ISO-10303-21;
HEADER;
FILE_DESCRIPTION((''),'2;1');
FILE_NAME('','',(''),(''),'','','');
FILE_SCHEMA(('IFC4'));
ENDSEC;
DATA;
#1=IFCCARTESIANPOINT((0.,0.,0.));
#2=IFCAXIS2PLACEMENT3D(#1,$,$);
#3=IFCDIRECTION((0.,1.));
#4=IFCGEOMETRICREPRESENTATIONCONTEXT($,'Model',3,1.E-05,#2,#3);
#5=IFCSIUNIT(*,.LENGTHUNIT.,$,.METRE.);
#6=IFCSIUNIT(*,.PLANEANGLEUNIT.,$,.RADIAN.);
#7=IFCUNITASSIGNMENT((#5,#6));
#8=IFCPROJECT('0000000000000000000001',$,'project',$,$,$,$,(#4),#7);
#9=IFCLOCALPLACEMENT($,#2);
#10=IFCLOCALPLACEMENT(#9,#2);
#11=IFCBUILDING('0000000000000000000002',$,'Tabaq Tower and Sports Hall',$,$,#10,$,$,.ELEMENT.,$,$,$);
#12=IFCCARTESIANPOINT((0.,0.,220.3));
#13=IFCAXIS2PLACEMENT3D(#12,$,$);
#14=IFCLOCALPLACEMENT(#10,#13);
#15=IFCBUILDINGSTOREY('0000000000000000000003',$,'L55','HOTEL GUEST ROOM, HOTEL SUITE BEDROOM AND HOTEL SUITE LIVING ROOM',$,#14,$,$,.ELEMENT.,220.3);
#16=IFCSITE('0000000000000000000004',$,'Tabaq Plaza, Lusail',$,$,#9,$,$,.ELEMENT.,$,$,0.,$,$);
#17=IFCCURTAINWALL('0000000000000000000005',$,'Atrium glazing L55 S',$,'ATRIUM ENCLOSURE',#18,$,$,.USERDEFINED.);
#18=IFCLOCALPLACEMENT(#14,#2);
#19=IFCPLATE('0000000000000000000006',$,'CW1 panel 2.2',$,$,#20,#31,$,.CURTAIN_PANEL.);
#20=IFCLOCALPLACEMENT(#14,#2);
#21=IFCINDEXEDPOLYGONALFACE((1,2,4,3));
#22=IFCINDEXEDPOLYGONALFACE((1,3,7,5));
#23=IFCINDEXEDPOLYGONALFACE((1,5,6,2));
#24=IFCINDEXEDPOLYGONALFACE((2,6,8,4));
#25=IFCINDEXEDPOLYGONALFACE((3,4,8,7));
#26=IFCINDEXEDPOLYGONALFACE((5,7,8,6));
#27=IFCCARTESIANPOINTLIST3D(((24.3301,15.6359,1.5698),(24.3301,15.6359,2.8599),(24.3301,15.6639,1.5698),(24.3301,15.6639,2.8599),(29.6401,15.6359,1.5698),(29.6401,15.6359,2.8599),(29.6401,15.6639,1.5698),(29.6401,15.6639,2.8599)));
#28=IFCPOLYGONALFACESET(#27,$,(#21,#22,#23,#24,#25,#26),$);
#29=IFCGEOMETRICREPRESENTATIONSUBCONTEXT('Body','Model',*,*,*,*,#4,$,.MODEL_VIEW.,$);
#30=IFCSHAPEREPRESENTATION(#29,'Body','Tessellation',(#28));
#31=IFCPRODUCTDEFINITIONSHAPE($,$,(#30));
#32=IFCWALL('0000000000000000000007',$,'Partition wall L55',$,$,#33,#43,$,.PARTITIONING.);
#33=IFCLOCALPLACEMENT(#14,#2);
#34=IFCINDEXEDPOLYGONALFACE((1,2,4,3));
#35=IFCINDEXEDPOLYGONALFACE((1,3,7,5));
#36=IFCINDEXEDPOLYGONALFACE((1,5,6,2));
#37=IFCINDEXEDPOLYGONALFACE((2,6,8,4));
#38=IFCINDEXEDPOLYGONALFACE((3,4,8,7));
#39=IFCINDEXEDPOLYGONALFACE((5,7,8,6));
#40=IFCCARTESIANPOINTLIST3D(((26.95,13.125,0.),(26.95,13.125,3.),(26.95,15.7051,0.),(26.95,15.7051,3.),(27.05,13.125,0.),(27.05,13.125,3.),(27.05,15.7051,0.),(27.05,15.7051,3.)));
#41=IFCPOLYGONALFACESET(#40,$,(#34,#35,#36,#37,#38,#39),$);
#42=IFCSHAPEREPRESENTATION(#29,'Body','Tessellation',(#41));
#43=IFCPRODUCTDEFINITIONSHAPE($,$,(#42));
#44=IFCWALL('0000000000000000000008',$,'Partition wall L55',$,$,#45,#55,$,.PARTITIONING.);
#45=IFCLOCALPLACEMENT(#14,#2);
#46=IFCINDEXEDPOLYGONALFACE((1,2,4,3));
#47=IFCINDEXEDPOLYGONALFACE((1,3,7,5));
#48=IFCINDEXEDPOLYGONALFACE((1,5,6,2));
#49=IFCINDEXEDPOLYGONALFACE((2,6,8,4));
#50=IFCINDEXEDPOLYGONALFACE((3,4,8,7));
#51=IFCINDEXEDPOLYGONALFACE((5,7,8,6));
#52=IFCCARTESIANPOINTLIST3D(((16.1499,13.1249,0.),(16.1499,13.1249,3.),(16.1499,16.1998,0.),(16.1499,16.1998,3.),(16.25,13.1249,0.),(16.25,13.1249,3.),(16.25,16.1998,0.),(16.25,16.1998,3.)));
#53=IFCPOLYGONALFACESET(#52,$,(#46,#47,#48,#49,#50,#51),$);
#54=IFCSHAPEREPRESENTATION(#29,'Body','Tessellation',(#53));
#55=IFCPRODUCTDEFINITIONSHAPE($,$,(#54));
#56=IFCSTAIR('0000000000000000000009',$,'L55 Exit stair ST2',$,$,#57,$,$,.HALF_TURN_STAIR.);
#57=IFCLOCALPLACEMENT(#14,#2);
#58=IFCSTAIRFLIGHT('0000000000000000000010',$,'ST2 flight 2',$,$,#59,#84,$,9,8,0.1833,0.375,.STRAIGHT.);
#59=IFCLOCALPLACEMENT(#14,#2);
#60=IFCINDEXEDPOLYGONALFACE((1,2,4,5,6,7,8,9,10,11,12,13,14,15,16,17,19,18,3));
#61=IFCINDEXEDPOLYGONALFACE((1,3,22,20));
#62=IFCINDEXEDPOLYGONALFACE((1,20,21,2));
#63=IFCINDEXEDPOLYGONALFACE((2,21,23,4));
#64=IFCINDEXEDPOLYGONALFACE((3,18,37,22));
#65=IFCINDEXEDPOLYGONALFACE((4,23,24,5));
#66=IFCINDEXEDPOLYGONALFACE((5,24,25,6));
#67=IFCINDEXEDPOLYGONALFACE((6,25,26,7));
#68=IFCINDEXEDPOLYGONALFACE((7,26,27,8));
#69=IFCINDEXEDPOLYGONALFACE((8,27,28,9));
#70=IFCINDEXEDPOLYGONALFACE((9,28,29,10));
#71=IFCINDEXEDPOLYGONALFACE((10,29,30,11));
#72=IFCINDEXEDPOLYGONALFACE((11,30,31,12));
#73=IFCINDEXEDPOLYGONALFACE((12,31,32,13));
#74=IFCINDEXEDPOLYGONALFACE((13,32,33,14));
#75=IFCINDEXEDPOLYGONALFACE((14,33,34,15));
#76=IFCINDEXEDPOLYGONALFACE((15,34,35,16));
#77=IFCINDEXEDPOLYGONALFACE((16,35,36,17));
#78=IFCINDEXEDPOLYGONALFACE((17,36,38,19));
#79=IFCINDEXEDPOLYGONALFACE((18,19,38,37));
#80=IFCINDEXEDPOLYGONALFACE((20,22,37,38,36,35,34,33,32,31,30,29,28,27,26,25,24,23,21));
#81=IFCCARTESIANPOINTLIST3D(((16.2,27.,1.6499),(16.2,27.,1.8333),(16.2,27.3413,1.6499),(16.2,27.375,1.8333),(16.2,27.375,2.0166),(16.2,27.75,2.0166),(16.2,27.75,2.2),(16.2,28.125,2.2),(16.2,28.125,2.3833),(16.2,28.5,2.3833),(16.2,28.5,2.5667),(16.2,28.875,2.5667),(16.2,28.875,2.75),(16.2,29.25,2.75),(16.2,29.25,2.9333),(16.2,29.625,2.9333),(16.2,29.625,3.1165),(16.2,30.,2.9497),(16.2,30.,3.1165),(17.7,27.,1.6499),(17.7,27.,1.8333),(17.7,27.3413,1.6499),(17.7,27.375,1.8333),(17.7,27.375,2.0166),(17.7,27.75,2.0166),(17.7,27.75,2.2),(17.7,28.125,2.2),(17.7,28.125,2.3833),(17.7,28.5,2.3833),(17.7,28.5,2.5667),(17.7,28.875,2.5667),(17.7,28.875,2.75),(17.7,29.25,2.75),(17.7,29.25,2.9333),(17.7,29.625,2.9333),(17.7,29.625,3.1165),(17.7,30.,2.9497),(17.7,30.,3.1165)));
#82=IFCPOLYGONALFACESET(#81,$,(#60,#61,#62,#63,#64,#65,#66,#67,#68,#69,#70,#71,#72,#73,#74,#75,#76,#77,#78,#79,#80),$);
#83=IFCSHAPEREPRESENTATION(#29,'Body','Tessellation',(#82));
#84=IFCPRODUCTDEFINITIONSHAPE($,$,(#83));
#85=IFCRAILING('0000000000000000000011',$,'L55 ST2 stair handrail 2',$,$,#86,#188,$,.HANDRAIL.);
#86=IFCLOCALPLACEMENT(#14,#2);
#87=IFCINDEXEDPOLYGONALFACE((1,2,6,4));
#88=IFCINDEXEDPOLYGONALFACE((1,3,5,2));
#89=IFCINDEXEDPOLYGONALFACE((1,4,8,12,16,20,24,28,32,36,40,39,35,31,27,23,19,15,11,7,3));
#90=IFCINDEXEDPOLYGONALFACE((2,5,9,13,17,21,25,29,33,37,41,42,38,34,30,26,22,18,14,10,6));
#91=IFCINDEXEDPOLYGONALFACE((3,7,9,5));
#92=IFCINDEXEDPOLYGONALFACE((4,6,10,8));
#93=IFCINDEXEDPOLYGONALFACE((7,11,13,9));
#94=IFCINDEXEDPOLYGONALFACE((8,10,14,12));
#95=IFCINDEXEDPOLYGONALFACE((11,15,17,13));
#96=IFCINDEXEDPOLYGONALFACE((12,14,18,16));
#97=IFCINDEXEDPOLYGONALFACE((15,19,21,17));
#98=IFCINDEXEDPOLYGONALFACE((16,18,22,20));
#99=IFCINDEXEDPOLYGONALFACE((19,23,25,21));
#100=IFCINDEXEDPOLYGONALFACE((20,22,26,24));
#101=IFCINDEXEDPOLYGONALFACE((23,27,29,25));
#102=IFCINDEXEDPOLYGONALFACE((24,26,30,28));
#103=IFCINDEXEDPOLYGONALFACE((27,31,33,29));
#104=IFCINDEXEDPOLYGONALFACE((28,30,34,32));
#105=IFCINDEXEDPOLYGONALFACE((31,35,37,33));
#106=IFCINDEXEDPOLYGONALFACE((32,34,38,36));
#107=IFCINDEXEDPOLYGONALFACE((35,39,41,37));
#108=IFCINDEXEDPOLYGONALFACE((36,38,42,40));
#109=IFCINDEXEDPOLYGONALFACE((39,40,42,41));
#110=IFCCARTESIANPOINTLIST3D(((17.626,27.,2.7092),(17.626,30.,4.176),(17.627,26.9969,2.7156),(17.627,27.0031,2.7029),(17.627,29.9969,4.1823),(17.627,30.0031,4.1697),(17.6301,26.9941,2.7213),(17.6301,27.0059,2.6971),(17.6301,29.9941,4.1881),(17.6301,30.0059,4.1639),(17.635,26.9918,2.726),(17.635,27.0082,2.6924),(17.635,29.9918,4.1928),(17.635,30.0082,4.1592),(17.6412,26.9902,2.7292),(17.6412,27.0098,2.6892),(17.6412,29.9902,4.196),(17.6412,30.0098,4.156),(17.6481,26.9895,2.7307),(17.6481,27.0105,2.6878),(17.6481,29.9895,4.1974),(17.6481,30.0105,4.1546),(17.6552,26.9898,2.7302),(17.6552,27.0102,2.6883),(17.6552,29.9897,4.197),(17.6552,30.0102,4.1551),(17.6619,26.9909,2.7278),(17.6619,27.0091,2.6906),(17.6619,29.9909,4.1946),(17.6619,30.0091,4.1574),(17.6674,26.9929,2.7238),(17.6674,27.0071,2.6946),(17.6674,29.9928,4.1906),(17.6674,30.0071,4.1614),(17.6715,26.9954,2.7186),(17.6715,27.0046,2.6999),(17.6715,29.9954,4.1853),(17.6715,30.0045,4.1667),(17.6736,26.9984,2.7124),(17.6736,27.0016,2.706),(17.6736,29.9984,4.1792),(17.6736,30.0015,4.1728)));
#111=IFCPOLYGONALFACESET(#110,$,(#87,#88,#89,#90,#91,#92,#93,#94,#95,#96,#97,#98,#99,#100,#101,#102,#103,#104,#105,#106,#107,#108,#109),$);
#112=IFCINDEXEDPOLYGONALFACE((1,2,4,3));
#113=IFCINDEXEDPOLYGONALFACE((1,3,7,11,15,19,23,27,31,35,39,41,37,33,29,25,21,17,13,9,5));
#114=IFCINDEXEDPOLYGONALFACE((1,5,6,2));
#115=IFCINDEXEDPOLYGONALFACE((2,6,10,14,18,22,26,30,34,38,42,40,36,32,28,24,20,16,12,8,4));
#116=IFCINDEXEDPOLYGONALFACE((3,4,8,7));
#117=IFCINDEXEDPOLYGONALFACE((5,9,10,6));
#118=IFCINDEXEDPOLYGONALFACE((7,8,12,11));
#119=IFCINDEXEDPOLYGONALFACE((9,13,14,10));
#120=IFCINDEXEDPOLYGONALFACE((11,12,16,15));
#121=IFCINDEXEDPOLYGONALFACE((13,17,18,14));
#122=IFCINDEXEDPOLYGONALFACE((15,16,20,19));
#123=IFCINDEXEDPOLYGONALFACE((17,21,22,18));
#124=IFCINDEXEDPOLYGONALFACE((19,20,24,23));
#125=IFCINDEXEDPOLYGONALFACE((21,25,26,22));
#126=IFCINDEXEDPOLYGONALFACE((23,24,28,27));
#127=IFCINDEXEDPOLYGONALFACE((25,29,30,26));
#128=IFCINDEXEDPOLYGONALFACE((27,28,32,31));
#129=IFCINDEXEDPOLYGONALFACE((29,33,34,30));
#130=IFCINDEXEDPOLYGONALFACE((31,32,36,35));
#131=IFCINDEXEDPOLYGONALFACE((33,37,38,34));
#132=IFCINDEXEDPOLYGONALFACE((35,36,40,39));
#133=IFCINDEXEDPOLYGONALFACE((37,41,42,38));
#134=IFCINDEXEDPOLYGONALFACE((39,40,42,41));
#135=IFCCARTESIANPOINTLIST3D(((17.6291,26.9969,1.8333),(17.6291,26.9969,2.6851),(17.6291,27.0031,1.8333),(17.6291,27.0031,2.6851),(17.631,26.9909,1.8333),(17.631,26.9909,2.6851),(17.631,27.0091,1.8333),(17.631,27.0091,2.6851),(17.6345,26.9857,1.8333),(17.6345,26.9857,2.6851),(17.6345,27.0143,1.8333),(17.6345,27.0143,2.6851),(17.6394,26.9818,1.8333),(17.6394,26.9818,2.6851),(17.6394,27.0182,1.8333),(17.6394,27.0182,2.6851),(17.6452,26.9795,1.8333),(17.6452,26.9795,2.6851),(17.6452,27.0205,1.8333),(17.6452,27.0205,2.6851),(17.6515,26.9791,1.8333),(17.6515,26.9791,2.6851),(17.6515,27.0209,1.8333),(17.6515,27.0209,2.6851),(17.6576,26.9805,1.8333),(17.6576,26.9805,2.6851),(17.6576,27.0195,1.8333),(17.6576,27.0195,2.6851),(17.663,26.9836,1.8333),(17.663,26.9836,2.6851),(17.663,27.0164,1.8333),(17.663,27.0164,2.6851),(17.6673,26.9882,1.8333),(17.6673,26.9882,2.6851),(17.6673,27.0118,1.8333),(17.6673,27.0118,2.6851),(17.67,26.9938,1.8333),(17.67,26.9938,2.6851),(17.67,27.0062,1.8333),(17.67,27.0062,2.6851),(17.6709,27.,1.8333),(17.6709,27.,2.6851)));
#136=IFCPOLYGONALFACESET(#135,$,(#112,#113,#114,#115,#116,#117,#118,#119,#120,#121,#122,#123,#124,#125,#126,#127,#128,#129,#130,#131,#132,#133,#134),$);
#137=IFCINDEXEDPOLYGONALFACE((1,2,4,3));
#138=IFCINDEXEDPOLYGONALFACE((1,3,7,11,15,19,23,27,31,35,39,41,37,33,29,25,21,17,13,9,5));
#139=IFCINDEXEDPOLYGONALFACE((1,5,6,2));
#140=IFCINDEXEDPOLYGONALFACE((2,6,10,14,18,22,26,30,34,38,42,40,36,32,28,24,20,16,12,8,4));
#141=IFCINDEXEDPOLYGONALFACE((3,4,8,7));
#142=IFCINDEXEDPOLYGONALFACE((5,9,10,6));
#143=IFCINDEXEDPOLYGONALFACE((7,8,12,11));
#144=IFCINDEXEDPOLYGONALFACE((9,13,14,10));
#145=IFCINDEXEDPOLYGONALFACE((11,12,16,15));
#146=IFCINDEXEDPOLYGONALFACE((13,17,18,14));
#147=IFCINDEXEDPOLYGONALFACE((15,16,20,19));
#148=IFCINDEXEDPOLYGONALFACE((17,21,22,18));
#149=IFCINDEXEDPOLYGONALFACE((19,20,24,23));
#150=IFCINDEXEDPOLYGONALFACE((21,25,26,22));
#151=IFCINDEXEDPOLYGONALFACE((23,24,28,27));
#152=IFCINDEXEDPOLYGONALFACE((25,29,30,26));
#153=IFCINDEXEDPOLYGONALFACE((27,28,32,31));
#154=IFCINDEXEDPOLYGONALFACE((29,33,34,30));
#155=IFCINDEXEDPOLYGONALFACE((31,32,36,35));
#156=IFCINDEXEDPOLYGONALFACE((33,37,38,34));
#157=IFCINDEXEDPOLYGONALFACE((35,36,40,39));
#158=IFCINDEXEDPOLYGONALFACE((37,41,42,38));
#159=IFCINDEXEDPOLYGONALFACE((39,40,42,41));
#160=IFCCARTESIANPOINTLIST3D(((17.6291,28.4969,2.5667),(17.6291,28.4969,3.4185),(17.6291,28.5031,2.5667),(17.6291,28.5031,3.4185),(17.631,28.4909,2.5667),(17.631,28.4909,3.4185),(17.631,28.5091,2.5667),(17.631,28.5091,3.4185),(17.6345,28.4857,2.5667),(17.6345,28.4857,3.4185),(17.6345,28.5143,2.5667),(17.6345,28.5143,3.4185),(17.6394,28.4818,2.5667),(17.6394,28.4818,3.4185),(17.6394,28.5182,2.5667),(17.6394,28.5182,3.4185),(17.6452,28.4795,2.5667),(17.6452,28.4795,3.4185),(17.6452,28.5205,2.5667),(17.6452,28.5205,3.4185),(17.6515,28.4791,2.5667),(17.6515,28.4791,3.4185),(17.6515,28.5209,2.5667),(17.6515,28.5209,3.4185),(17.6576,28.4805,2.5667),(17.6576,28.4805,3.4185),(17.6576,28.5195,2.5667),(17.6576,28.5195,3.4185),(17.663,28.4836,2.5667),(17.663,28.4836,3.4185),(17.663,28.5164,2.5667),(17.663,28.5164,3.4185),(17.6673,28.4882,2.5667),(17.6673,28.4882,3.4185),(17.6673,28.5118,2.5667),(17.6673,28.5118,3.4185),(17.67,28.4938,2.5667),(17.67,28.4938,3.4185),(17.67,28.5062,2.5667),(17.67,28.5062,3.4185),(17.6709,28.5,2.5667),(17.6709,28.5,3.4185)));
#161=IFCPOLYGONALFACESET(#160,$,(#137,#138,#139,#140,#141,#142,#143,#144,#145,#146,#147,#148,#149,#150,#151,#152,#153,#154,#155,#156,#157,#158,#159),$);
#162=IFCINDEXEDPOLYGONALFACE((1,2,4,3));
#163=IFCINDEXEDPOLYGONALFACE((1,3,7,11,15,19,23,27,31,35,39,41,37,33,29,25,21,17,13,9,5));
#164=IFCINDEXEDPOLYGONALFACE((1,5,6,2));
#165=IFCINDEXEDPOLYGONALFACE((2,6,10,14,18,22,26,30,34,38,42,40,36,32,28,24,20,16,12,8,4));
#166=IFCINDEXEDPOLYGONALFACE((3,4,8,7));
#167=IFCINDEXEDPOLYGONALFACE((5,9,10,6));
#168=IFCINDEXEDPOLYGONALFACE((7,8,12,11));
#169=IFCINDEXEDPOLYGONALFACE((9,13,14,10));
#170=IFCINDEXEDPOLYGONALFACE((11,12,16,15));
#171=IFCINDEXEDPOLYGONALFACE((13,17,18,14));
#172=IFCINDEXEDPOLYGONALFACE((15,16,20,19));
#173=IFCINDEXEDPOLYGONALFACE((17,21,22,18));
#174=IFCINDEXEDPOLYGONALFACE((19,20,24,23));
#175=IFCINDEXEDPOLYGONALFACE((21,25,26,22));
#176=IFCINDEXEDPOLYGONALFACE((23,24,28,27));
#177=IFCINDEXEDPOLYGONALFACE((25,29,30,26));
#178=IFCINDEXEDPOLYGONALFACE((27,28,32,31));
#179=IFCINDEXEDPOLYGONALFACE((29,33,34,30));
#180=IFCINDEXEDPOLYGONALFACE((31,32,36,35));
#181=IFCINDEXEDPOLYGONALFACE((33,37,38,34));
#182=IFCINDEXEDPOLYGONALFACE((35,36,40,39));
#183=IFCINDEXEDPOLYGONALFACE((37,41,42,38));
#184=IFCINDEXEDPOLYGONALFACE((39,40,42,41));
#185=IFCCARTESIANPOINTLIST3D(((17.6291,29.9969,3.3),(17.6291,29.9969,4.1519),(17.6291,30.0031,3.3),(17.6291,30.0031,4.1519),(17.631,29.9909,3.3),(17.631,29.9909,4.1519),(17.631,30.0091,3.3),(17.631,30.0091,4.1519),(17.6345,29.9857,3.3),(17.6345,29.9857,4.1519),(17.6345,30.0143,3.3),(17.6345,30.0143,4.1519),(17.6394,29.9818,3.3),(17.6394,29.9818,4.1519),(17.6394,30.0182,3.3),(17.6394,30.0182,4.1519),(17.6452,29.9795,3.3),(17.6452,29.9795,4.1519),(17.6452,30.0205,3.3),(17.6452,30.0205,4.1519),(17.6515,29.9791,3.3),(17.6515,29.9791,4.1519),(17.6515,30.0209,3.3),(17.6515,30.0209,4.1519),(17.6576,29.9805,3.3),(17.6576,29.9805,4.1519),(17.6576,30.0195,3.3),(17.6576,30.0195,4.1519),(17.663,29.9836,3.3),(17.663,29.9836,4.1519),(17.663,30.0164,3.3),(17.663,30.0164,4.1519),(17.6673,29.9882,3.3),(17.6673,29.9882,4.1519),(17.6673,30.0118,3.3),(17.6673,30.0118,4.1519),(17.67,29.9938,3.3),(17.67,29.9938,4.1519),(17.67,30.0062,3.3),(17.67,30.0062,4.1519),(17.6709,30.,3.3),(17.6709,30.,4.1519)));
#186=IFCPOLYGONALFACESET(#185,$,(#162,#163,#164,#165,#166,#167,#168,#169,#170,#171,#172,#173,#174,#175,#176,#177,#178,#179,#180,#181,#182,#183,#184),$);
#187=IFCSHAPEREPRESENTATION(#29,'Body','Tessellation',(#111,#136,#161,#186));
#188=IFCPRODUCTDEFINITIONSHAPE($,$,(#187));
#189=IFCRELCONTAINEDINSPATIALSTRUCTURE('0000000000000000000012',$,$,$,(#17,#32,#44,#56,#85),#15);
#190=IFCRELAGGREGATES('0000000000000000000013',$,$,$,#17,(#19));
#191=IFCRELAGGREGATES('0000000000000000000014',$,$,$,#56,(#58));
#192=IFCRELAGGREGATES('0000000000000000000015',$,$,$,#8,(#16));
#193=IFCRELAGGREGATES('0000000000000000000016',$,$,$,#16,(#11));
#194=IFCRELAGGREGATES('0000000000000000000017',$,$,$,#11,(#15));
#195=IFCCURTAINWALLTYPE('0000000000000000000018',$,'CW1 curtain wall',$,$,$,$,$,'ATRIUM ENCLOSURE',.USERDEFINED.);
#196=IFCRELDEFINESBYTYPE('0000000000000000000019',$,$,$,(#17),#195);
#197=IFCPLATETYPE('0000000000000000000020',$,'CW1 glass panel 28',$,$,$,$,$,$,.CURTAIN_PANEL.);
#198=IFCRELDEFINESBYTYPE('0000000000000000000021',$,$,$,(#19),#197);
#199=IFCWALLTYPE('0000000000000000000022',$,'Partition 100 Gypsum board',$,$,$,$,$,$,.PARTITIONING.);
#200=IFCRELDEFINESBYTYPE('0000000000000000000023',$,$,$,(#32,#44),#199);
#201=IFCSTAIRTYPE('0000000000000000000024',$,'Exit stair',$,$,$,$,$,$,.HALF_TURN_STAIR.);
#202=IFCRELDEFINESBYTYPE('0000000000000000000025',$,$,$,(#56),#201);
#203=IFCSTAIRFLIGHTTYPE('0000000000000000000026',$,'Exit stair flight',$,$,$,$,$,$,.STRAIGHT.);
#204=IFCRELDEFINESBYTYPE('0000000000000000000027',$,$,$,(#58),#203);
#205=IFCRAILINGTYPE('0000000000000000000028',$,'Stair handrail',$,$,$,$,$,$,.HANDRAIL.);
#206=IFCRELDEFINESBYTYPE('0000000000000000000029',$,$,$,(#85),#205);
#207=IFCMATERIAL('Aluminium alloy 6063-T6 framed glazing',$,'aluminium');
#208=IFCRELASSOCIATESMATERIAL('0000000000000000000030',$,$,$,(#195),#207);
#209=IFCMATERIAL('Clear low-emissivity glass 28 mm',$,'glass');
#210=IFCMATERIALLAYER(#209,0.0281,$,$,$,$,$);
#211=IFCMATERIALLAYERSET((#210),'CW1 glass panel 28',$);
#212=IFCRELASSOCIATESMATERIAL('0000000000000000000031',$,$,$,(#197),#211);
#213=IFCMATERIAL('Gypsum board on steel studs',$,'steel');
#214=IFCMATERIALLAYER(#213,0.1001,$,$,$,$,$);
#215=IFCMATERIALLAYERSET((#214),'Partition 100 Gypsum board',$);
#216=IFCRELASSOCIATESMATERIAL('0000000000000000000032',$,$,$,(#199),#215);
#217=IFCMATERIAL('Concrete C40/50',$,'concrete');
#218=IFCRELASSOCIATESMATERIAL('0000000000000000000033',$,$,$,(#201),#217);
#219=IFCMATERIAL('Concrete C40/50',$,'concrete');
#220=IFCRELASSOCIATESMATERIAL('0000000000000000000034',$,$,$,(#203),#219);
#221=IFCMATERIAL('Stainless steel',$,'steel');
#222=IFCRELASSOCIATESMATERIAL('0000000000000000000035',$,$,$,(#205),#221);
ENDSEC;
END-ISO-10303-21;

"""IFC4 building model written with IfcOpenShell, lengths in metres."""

from ifc_helpers import new_model, si_unit, direction, frame, frame_2d, origin, origin_2d, place, context, subcontext, project, spatial, polyline, rectangle, circle, outline, extrude, material, layer, layer_set, type_object, element, aggregate, save


model = new_model("IFC4")

# Units and contexts
model_context = context("Model", 3, precision=1e-05, world=origin(), true_north=direction((0.0, 1.0)))
body_context = subcontext(model_context, "Body", "Model", "MODEL_VIEW")
ifc_project = project(units=[si_unit("LENGTHUNIT", "METRE"), si_unit("PLANEANGLEUNIT", "RADIAN")], contexts=[model_context])

# Site, building, storey
site_placement = place(None, origin())
site = spatial("IfcSite", under=ifc_project, at=site_placement, Name="Tabaq Plaza, Lusail", CompositionType="ELEMENT", RefElevation=0.0)
building_placement = place(site_placement, origin())
building = spatial("IfcBuilding", under=site, at=building_placement, Name="Tabaq Tower and Sports Hall", CompositionType="ELEMENT")
storey_placement = place(building_placement, frame((0.0, 0.0, 220.3)))
storey = spatial("IfcBuildingStorey", under=building, at=storey_placement, Name="L55", Description="HOTEL GUEST ROOM, HOTEL SUITE BEDROOM AND HOTEL SUITE LIVING ROOM", CompositionType="ELEMENT", Elevation=220.3)

# Curtain wall, plate
ifc_material_1 = material(Name="Aluminium alloy 6063-T6 framed glazing", Category="aluminium")
curtain_wall_type = type_object("IfcCurtainWallType", Name="CW1 curtain wall", ElementType="ATRIUM ENCLOSURE", PredefinedType="USERDEFINED", material=ifc_material_1)
curtain_wall_placement = place(storey_placement, origin())
curtain_wall = element("IfcCurtainWall", 1, at=curtain_wall_placement, inside=storey, type_object=curtain_wall_type, Name="Atrium glazing L55 S", ObjectType="ATRIUM ENCLOSURE", PredefinedType="USERDEFINED")
ifc_material_2 = material(Name="Clear low-emissivity glass 28 mm", Category="glass")
ifc_layer_1 = layer(ifc_material_2, 0.0281)
ifc_layer_set_1 = layer_set([ifc_layer_1], Name="CW1 glass panel 28")
plate_type = type_object("IfcPlateType", Name="CW1 glass panel 28", PredefinedType="CURTAIN_PANEL", material=ifc_layer_set_1)
plate_1_placement = place(storey_placement, frame((26.9851, 15.6499, 1.5698), z_axis=(0.0, 0.0, 1.0), x_axis=(1.0, 0.0, 0.0)))
plate_1 = element("IfcPlate", 2, at=plate_1_placement, type_object=plate_type, Name="CW1 panel 2.2", PredefinedType="CURTAIN_PANEL", context=body_context, shape_type="SweptSolid", body=[
    extrude(rectangle(XDim=5.3101, YDim=0.0281, at=origin_2d()), origin(), (0.0, 0.0, 1.0), 1.29),
])
aggregate(curtain_wall, [plate_1])

# Walls
ifc_material_3 = material(Name="Gypsum board on steel studs", Category="steel")
ifc_layer_2 = layer(ifc_material_3, 0.1001)
ifc_layer_set_2 = layer_set([ifc_layer_2], Name="Partition 100 Gypsum board")
wall_type_1 = type_object("IfcWallType", Name="Partition 100 Gypsum board", PredefinedType="PARTITIONING", material=ifc_layer_set_2)
wall_1_placement = place(storey_placement, frame((27.0, 15.7051, 0.0), z_axis=(0.0, 0.0, 1.0), x_axis=(0.0, -1.0, 0.0)))
element("IfcWall", 3, at=wall_1_placement, inside=storey, type_object=wall_type_1, Name="Partition wall L55", PredefinedType="PARTITIONING", context=body_context, shape_type="SweptSolid", body=[
    extrude(rectangle(XDim=2.5801, YDim=0.1001, at=frame_2d((1.29, 0.0))), origin(), (0.0, 0.0, 1.0), 3.0),
])
wall_2_placement = place(storey_placement, frame((16.2, 16.2, 0.0), z_axis=(0.0, 0.0, 1.0), x_axis=(0.0, -1.0, 0.0)))
element("IfcWall", 4, at=wall_2_placement, inside=storey, type_object=wall_type_1, Name="Partition wall L55", PredefinedType="PARTITIONING", context=body_context, shape_type="SweptSolid", body=[
    extrude(rectangle(XDim=3.075, YDim=0.1001, at=frame_2d((1.5376, 0.0))), origin(), (0.0, 0.0, 1.0), 3.0),
])

# Stair, stair flight
ifc_material_4 = material(Name="Concrete C40/50", Category="concrete")
stair_type = type_object("IfcStairType", Name="Exit stair", PredefinedType="HALF_TURN_STAIR", material=ifc_material_4)
stair_placement = place(storey_placement, origin())
stair = element("IfcStair", 5, at=stair_placement, inside=storey, type_object=stair_type, Name="L55 Exit stair ST2", PredefinedType="HALF_TURN_STAIR")
ifc_material_5 = material(Name="Concrete C40/50", Category="concrete")
stair_flight_type = type_object("IfcStairFlightType", Name="Exit stair flight", PredefinedType="STRAIGHT", material=ifc_material_5)
stair_flight_placement = place(storey_placement, frame((16.95, 27.0, 1.6499), z_axis=(0.0, 0.0, 1.0), x_axis=(0.0, 1.0, 0.0)))
stair_flight = element("IfcStairFlight", 6, at=stair_flight_placement, type_object=stair_flight_type, Name="ST2 flight 2", NumberOfRisers=9, NumberOfTreads=8, PredefinedType="STRAIGHT", RiserHeight=0.1833, TreadLength=0.375, context=body_context, shape_type="SweptSolid", body=[
    extrude(outline(polyline([(0.0, 0.0), (0.0, 0.1833), (0.375, 0.1833), (0.375, 0.3667), (0.75, 0.3667), (0.75, 0.55), (1.125, 0.55), (1.125, 0.7334), (1.5, 0.7334), (1.5, 0.9167), (1.875, 0.9167), (1.875, 1.1001), (2.25, 1.1001), (2.25, 1.2834), (2.625, 1.2834), (2.625, 1.4666), (3.0, 1.4666), (3.0, 1.6499), (3.0, 1.2998), (0.3413, 0.0), (0.0, 0.0)])), frame((0.0, 0.75, 0.0), z_axis=(0.0, -1.0, 0.0), x_axis=(1.0, 0.0, 0.0)), (0.0, 0.0, 1.0), 1.5),
])
aggregate(stair, [stair_flight])

# Railing
ifc_material_6 = material(Name="Stainless steel", Category="steel")
railing_type = type_object("IfcRailingType", Name="Stair handrail", PredefinedType="HANDRAIL", material=ifc_material_6)
railing_placement = place(storey_placement, frame((17.6499, 27.0, 1.8333)))
element("IfcRailing", 7, at=railing_placement, inside=storey, type_object=railing_type, Name="L55 ST2 stair handrail 2", PredefinedType="HANDRAIL", context=body_context, shape_type="SweptSolid", body=[
    extrude(circle(Radius=0.0239, at=origin_2d()), frame((0.0, 0.0, 0.876), z_axis=(0.0, 0.898369, 0.439242), x_axis=(-1.0, 0.0, 0.0)), (0.0, 0.0, 1.0), 3.3394),
    extrude(circle(Radius=0.021, at=origin_2d()), origin(), (0.0, 0.0, 1.0), 0.8518),
    extrude(circle(Radius=0.021, at=origin_2d()), frame((0.0, 1.5, 0.7334)), (0.0, 0.0, 1.0), 0.8518),
    extrude(circle(Radius=0.021, at=origin_2d()), frame((0.0, 3.0, 1.4668)), (0.0, 0.0, 1.0), 0.8518),
])

save(model, "model.ifc")
